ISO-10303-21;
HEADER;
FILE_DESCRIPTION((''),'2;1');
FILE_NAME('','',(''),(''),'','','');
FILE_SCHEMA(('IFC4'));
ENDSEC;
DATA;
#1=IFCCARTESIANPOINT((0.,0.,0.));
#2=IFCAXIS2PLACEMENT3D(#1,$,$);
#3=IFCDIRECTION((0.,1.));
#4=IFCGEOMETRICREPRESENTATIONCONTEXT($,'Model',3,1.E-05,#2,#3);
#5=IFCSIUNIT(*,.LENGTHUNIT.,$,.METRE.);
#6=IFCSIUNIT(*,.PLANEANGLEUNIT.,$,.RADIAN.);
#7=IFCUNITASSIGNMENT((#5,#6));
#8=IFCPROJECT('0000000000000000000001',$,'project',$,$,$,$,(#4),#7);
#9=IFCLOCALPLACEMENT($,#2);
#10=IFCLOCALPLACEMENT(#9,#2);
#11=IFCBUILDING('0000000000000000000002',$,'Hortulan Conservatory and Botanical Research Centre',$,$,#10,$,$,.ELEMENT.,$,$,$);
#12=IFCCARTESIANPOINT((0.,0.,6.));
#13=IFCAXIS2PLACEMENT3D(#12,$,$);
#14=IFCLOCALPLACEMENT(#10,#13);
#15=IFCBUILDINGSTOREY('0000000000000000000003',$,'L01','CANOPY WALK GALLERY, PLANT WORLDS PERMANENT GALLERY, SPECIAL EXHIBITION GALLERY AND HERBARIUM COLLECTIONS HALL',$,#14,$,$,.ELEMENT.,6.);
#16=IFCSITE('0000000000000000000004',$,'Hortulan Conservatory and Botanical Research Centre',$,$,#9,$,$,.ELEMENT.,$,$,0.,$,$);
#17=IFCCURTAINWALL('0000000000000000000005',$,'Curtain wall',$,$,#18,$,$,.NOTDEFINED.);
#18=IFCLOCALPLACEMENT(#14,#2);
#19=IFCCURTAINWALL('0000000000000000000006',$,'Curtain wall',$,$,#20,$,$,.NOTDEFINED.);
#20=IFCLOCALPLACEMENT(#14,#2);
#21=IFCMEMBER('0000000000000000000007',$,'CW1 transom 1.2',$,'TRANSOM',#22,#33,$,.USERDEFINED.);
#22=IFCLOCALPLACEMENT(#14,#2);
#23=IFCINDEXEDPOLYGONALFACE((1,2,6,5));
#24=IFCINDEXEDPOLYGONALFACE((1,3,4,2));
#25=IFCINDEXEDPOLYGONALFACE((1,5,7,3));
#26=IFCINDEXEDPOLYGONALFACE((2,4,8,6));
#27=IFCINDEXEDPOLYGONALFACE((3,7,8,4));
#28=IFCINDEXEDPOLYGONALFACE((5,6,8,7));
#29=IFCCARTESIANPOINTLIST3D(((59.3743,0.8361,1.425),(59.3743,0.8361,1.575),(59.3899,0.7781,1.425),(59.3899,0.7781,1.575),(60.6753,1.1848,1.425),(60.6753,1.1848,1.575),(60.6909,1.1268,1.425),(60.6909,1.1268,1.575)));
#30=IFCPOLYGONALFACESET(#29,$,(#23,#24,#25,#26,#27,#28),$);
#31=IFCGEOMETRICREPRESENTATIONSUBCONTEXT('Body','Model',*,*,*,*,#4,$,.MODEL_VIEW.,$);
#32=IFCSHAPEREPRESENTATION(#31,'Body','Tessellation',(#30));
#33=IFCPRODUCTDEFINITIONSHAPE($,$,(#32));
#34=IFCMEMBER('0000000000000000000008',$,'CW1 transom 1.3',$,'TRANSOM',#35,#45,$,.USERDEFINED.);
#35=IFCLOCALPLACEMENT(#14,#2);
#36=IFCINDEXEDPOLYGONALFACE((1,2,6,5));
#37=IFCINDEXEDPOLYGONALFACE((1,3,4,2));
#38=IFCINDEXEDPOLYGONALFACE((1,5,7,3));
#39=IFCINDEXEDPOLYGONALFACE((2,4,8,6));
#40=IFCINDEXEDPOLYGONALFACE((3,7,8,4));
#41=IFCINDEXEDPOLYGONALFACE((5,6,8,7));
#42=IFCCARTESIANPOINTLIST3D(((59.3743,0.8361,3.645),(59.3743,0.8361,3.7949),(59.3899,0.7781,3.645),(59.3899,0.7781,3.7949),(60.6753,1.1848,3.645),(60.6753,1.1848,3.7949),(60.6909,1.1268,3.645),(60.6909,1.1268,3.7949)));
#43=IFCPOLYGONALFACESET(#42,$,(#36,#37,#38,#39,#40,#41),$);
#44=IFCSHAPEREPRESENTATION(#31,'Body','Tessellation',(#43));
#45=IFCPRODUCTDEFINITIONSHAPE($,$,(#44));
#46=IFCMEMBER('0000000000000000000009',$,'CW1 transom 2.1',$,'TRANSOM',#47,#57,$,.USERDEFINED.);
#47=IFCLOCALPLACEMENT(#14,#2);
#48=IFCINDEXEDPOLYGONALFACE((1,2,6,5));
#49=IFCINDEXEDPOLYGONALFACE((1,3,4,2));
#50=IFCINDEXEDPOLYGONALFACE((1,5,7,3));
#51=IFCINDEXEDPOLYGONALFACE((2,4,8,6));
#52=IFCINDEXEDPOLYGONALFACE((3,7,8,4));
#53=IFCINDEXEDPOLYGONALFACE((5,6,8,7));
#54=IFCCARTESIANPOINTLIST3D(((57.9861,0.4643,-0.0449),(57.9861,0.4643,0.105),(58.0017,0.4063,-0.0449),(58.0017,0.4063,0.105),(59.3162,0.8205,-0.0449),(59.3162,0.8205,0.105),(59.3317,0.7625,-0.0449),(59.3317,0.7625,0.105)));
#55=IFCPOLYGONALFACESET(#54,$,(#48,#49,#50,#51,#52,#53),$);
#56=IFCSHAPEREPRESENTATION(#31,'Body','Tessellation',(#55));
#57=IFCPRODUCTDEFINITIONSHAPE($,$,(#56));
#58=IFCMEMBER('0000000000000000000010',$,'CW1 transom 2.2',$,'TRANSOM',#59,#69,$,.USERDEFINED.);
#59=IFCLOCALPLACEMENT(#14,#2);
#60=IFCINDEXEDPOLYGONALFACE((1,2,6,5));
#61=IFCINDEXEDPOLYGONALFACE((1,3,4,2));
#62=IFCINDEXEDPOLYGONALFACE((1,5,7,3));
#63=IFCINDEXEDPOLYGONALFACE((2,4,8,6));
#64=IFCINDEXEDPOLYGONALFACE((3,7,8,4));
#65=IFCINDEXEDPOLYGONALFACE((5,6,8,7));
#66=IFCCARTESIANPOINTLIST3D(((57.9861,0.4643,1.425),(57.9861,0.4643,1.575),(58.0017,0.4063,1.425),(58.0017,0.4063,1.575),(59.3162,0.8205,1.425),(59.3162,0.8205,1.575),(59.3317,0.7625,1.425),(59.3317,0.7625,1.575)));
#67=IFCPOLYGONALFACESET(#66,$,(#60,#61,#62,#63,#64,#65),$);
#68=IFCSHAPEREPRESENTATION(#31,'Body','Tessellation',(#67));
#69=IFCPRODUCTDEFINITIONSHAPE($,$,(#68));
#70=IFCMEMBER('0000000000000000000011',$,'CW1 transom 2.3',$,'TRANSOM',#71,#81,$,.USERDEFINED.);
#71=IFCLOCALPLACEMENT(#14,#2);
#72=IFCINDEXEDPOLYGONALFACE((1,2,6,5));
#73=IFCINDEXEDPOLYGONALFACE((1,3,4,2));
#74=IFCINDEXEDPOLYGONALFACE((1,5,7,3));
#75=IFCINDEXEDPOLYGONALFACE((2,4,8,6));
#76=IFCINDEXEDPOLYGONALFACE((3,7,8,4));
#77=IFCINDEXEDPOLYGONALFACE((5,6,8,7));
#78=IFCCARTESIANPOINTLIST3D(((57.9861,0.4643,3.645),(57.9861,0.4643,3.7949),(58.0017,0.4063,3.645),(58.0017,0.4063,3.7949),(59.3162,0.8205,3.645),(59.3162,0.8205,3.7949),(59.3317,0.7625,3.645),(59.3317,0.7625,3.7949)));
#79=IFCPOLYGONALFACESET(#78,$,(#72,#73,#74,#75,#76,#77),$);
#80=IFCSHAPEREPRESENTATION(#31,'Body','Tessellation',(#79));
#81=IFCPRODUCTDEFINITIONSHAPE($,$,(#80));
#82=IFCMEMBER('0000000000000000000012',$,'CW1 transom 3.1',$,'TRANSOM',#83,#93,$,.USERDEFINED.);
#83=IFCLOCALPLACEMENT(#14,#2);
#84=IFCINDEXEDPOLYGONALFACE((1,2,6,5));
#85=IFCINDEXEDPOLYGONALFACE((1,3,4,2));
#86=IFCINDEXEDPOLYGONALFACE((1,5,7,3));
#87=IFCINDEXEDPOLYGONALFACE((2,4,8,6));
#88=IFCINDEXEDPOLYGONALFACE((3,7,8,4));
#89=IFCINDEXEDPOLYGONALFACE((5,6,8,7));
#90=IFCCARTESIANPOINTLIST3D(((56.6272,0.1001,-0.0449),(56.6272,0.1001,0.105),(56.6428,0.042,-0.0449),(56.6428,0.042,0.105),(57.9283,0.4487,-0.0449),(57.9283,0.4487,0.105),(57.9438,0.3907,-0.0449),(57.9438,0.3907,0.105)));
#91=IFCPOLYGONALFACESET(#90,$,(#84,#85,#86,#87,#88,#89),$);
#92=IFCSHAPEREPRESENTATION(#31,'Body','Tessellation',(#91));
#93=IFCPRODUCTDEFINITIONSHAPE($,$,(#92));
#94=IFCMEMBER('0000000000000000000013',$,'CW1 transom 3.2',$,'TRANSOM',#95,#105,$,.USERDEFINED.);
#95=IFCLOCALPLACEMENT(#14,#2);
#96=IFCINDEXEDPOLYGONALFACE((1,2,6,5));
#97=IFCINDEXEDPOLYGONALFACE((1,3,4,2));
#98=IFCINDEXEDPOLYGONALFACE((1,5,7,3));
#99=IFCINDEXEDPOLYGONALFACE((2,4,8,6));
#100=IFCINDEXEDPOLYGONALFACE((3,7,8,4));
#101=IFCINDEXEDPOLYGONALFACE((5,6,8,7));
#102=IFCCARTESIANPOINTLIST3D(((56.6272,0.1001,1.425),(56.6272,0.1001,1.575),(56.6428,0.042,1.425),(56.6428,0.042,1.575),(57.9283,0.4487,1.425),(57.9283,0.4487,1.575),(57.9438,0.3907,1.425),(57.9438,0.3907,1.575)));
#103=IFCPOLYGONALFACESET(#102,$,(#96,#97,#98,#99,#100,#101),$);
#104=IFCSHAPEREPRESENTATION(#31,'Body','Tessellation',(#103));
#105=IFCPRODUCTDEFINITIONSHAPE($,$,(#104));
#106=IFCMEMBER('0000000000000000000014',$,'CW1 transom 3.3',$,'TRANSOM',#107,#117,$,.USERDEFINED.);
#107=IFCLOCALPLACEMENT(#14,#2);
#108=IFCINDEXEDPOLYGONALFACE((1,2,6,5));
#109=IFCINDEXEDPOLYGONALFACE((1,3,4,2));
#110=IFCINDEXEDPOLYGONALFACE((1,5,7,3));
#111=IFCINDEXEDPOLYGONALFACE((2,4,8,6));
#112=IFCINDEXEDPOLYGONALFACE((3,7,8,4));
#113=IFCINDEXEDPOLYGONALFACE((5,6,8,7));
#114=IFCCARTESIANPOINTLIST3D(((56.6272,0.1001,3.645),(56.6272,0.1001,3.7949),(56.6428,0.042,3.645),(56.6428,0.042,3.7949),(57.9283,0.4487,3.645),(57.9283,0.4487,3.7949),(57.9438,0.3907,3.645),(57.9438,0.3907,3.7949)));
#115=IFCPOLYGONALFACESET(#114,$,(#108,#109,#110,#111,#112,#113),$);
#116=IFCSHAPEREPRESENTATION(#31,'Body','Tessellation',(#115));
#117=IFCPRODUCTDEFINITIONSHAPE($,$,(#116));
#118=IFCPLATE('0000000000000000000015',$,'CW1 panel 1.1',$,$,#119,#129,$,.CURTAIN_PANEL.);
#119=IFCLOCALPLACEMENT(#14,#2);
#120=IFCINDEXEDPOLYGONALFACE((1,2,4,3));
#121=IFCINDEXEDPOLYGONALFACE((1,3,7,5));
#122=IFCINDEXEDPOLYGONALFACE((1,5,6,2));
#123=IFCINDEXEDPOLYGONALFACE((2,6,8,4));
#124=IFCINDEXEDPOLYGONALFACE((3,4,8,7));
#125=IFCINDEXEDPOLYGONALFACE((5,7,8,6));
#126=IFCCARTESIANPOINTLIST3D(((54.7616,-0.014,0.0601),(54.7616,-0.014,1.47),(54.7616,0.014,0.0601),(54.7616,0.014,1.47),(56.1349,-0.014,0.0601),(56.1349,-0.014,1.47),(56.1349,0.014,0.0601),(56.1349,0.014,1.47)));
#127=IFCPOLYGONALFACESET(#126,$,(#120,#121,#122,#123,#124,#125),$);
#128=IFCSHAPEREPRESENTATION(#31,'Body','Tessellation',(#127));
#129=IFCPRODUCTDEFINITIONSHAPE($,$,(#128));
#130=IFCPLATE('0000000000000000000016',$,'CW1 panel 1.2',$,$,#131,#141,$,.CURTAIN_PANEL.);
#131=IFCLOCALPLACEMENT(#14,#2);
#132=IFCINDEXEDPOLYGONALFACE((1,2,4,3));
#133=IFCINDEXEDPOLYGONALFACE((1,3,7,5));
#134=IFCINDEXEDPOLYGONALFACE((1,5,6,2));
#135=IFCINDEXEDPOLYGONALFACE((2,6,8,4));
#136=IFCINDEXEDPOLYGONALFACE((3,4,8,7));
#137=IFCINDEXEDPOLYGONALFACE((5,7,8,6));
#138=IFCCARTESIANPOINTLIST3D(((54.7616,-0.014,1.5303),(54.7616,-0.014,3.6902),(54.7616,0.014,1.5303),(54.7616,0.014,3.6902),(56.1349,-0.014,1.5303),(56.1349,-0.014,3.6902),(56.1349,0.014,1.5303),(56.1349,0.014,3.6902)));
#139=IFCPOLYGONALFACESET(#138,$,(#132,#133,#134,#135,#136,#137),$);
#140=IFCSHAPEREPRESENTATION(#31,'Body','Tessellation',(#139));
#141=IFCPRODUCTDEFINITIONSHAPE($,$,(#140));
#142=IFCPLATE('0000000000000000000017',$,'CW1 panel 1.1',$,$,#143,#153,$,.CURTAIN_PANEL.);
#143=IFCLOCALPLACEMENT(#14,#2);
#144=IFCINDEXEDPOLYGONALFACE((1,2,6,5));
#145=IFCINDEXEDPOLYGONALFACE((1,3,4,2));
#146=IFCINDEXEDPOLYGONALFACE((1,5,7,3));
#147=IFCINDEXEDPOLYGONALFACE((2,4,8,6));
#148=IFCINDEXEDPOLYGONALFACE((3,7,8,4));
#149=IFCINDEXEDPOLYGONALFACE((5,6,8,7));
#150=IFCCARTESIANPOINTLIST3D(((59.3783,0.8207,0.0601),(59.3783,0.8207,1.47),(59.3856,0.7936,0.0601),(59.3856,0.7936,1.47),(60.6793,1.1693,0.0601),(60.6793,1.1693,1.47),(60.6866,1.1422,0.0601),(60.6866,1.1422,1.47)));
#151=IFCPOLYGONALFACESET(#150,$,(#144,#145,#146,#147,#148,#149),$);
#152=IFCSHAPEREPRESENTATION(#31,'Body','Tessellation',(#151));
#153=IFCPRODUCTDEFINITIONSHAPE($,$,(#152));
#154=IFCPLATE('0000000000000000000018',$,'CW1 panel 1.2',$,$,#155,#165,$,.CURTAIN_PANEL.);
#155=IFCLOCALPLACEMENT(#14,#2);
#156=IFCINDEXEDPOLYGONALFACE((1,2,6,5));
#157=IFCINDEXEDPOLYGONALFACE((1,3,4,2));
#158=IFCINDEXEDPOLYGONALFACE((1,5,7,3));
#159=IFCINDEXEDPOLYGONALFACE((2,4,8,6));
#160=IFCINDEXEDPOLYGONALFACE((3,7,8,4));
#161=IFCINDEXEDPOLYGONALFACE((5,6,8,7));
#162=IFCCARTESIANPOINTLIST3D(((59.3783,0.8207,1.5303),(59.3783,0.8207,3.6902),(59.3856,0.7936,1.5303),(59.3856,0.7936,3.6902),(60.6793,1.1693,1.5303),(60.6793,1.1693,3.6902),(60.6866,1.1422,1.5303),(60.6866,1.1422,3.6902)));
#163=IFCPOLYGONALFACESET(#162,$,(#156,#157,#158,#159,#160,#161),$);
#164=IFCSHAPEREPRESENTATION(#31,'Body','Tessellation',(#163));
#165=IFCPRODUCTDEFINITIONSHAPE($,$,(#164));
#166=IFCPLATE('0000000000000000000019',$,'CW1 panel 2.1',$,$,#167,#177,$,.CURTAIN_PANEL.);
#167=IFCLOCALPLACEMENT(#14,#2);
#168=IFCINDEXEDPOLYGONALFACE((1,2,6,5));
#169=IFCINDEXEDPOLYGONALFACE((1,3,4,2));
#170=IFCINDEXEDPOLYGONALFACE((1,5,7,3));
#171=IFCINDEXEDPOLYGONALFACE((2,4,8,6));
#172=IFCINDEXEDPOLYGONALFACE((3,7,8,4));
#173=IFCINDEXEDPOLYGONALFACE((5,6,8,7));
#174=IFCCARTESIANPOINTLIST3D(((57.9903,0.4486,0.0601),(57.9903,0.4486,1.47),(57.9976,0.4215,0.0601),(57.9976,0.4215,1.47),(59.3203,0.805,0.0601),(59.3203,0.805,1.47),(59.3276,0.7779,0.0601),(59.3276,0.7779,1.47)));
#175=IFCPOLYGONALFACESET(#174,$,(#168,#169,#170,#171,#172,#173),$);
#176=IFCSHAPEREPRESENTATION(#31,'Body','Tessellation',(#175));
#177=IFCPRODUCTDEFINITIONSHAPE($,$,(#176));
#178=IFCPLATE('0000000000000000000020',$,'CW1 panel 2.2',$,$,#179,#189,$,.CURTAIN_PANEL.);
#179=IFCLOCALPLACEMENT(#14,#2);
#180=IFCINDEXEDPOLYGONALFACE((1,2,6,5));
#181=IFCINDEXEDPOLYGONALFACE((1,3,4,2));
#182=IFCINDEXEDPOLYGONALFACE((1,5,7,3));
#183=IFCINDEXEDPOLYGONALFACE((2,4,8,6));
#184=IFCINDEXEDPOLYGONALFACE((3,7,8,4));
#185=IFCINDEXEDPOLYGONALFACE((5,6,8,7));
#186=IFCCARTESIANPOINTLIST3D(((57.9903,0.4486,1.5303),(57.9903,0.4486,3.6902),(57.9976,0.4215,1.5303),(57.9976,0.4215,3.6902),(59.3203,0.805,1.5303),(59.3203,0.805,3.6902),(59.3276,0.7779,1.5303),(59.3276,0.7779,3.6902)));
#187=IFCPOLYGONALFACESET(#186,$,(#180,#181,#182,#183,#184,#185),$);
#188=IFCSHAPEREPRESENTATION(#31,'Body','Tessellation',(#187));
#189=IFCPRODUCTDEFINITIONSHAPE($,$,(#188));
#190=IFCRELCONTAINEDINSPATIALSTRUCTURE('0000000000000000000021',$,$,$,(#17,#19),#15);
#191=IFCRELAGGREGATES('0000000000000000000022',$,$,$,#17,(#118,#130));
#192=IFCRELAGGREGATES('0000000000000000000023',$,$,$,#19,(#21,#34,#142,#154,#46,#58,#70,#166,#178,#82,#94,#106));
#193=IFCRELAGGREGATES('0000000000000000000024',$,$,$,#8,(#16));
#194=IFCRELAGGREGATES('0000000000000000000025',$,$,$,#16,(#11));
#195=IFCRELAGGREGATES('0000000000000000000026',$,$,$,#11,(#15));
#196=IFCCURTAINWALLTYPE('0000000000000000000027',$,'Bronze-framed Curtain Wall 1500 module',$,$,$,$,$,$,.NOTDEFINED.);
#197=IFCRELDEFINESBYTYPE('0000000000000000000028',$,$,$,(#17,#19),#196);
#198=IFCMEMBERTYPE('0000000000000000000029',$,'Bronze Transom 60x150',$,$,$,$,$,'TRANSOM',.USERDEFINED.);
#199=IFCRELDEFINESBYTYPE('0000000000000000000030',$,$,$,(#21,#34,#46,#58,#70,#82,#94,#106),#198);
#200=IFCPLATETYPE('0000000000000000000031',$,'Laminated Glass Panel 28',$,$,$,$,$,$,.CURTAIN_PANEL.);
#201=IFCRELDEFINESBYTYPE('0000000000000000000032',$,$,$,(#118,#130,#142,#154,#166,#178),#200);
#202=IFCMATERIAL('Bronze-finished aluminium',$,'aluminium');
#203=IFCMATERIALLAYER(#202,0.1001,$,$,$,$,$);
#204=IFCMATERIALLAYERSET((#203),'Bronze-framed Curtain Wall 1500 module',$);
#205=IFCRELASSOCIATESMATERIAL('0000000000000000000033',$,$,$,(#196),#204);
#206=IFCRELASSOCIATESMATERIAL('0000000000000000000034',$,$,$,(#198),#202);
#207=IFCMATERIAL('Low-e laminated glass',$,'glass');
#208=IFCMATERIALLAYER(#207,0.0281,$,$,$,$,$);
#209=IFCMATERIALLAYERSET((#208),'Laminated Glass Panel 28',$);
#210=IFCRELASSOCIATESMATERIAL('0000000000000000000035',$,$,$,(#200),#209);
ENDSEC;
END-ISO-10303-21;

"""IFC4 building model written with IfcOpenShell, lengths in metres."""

from ifc_helpers import new_model, si_unit, direction, frame, origin, origin_2d, place, context, subcontext, project, spatial, rectangle, extrude, material, layer, layer_set, material_profile, profile_set, type_object, element, aggregate, save


model = new_model("IFC4")

# Units and contexts
model_context = context("Model", 3, precision=1e-05, world=origin(), true_north=direction((0.0, 1.0)))
body_context = subcontext(model_context, "Body", "Model", "MODEL_VIEW")
ifc_project = project(units=[si_unit("LENGTHUNIT", "METRE"), si_unit("PLANEANGLEUNIT", "RADIAN")], contexts=[model_context])

# Site, building, storey
site_placement = place(None, origin())
site = spatial("IfcSite", under=ifc_project, at=site_placement, Name="Hortulan Conservatory and Botanical Research Centre", CompositionType="ELEMENT", RefElevation=0.0)
building_placement = place(site_placement, origin())
building = spatial("IfcBuilding", under=site, at=building_placement, Name="Hortulan Conservatory and Botanical Research Centre", CompositionType="ELEMENT")
storey_placement = place(building_placement, frame((0.0, 0.0, 6.0)))
storey = spatial("IfcBuildingStorey", under=building, at=storey_placement, Name="L01", Description="CANOPY WALK GALLERY, PLANT WORLDS PERMANENT GALLERY, SPECIAL EXHIBITION GALLERY AND HERBARIUM COLLECTIONS HALL", CompositionType="ELEMENT", Elevation=6.0)

# Curtain wall
ifc_material_1 = material(Name="Bronze-finished aluminium", Category="aluminium")
ifc_layer_1 = layer(ifc_material_1, 0.1001)
ifc_layer_set_1 = layer_set([ifc_layer_1], Name="Bronze-framed Curtain Wall 1500 module")
curtain_wall_type = type_object("IfcCurtainWallType", Name="Bronze-framed Curtain Wall 1500 module", PredefinedType="NOTDEFINED", material=ifc_layer_set_1)
curtain_wall_1_placement = place(storey_placement, origin())
curtain_wall_1 = element("IfcCurtainWall", 1, at=curtain_wall_1_placement, inside=storey, type_object=curtain_wall_type, Name="Curtain wall", PredefinedType="NOTDEFINED")

# Curtain wall
curtain_wall_2_placement = place(storey_placement, origin())
curtain_wall_2 = element("IfcCurtainWall", 2, at=curtain_wall_2_placement, inside=storey, type_object=curtain_wall_type, Name="Curtain wall", PredefinedType="NOTDEFINED")

# Members
ifc_material_profile_1 = material_profile(ifc_material_1, rectangle(XDim=0.0601, YDim=0.1499, at=origin_2d()), Name="Bronze Transom 60x150")
ifc_profile_set_1 = profile_set([ifc_material_profile_1], Name="Bronze-finished aluminium")
member_type_1 = type_object("IfcMemberType", Name="Bronze Transom 60x150", ElementType="TRANSOM", PredefinedType="USERDEFINED", material=ifc_profile_set_1)
member_1_placement = place(storey_placement, frame((60.6831, 1.1558, 1.5), z_axis=(-0.965921, -0.258836, 0.0), x_axis=(0.258836, -0.965921, 0.0)))
member_1 = element("IfcMember", 3, at=member_1_placement, type_object=member_type_1, Name="CW1 transom 1.2", ObjectType="TRANSOM", PredefinedType="USERDEFINED", context=body_context, shape_type="SweptSolid", body=[
    extrude(rectangle(XDim=0.0601, YDim=0.1499, at=origin_2d()), origin(), (0.0, 0.0, 1.0), 1.3469),
])
member_2_placement = place(storey_placement, frame((60.6831, 1.1558, 3.72), z_axis=(-0.965921, -0.258836, 0.0), x_axis=(0.258836, -0.965921, 0.0)))
member_2 = element("IfcMember", 4, at=member_2_placement, type_object=member_type_1, Name="CW1 transom 1.3", ObjectType="TRANSOM", PredefinedType="USERDEFINED", context=body_context, shape_type="SweptSolid", body=[
    extrude(rectangle(XDim=0.0601, YDim=0.1499, at=origin_2d()), origin(), (0.0, 0.0, 1.0), 1.3469),
])
member_3_placement = place(storey_placement, frame((59.324, 0.7915, 0.03), z_axis=(-0.965961, -0.258689, 0.0), x_axis=(0.258689, -0.965961, 0.0)))
member_3 = element("IfcMember", 5, at=member_3_placement, type_object=member_type_1, Name="CW1 transom 2.1", ObjectType="TRANSOM", PredefinedType="USERDEFINED", context=body_context, shape_type="SweptSolid", body=[
    extrude(rectangle(XDim=0.0601, YDim=0.1499, at=origin_2d()), origin(), (0.0, 0.0, 1.0), 1.377),
])
member_4_placement = place(storey_placement, frame((59.324, 0.7915, 1.5), z_axis=(-0.965961, -0.258689, 0.0), x_axis=(0.258689, -0.965961, 0.0)))
member_4 = element("IfcMember", 6, at=member_4_placement, type_object=member_type_1, Name="CW1 transom 2.2", ObjectType="TRANSOM", PredefinedType="USERDEFINED", context=body_context, shape_type="SweptSolid", body=[
    extrude(rectangle(XDim=0.0601, YDim=0.1499, at=origin_2d()), origin(), (0.0, 0.0, 1.0), 1.377),
])
member_5_placement = place(storey_placement, frame((59.324, 0.7915, 3.72), z_axis=(-0.965961, -0.258689, 0.0), x_axis=(0.258689, -0.965961, 0.0)))
member_5 = element("IfcMember", 7, at=member_5_placement, type_object=member_type_1, Name="CW1 transom 2.3", ObjectType="TRANSOM", PredefinedType="USERDEFINED", context=body_context, shape_type="SweptSolid", body=[
    extrude(rectangle(XDim=0.0601, YDim=0.1499, at=origin_2d()), origin(), (0.0, 0.0, 1.0), 1.377),
])
member_6_placement = place(storey_placement, frame((57.936, 0.4197, 0.03), z_axis=(-0.965921, -0.258836, 0.0), x_axis=(0.258836, -0.965921, 0.0)))
member_6 = element("IfcMember", 8, at=member_6_placement, type_object=member_type_1, Name="CW1 transom 3.1", ObjectType="TRANSOM", PredefinedType="USERDEFINED", context=body_context, shape_type="SweptSolid", body=[
    extrude(rectangle(XDim=0.0601, YDim=0.1499, at=origin_2d()), origin(), (0.0, 0.0, 1.0), 1.3469),
])
member_7_placement = place(storey_placement, frame((57.936, 0.4197, 1.5), z_axis=(-0.965921, -0.258836, 0.0), x_axis=(0.258836, -0.965921, 0.0)))
member_7 = element("IfcMember", 9, at=member_7_placement, type_object=member_type_1, Name="CW1 transom 3.2", ObjectType="TRANSOM", PredefinedType="USERDEFINED", context=body_context, shape_type="SweptSolid", body=[
    extrude(rectangle(XDim=0.0601, YDim=0.1499, at=origin_2d()), origin(), (0.0, 0.0, 1.0), 1.3469),
])
member_8_placement = place(storey_placement, frame((57.936, 0.4197, 3.72), z_axis=(-0.965921, -0.258836, 0.0), x_axis=(0.258836, -0.965921, 0.0)))
member_8 = element("IfcMember", 10, at=member_8_placement, type_object=member_type_1, Name="CW1 transom 3.3", ObjectType="TRANSOM", PredefinedType="USERDEFINED", context=body_context, shape_type="SweptSolid", body=[
    extrude(rectangle(XDim=0.0601, YDim=0.1499, at=origin_2d()), origin(), (0.0, 0.0, 1.0), 1.3469),
])

# Plates
ifc_material_2 = material(Name="Low-e laminated glass", Category="glass")
ifc_layer_2 = layer(ifc_material_2, 0.0281)
ifc_layer_set_2 = layer_set([ifc_layer_2], Name="Laminated Glass Panel 28")
plate_type = type_object("IfcPlateType", Name="Laminated Glass Panel 28", PredefinedType="CURTAIN_PANEL", material=ifc_layer_set_2)
plate_1_placement = place(storey_placement, frame((55.4482, 0.0, 0.0601), z_axis=(0.0, 0.0, 1.0), x_axis=(-1.0, 0.0, 0.0)))
plate_1 = element("IfcPlate", 11, at=plate_1_placement, type_object=plate_type, Name="CW1 panel 1.1", PredefinedType="CURTAIN_PANEL", context=body_context, shape_type="SweptSolid", body=[
    extrude(rectangle(XDim=1.3733, YDim=0.0281, at=origin_2d()), origin(), (0.0, 0.0, 1.0), 1.4099),
])
plate_2_placement = place(storey_placement, frame((55.4482, 0.0, 1.5303), z_axis=(0.0, 0.0, 1.0), x_axis=(-1.0, 0.0, 0.0)))
plate_2 = element("IfcPlate", 12, at=plate_2_placement, type_object=plate_type, Name="CW1 panel 1.2", PredefinedType="CURTAIN_PANEL", context=body_context, shape_type="SweptSolid", body=[
    extrude(rectangle(XDim=1.3733, YDim=0.0281, at=origin_2d()), origin(), (0.0, 0.0, 1.0), 2.1599),
])
aggregate(curtain_wall_1, [plate_1, plate_2])
plate_3_placement = place(storey_placement, frame((60.0325, 0.9814, 0.0601), z_axis=(0.0, 0.0, 1.0), x_axis=(-0.965922, -0.258832, 0.0)))
plate_3 = element("IfcPlate", 13, at=plate_3_placement, type_object=plate_type, Name="CW1 panel 1.1", PredefinedType="CURTAIN_PANEL", context=body_context, shape_type="SweptSolid", body=[
    extrude(rectangle(XDim=1.3469, YDim=0.0281, at=origin_2d()), origin(), (0.0, 0.0, 1.0), 1.4099),
])
plate_4_placement = place(storey_placement, frame((60.0325, 0.9814, 1.5303), z_axis=(0.0, 0.0, 1.0), x_axis=(-0.965922, -0.258832, 0.0)))
plate_4 = element("IfcPlate", 14, at=plate_4_placement, type_object=plate_type, Name="CW1 panel 1.2", PredefinedType="CURTAIN_PANEL", context=body_context, shape_type="SweptSolid", body=[
    extrude(rectangle(XDim=1.3469, YDim=0.0281, at=origin_2d()), origin(), (0.0, 0.0, 1.0), 2.1599),
])
plate_5_placement = place(storey_placement, frame((58.6589, 0.6133, 0.0601), z_axis=(0.0, 0.0, 1.0), x_axis=(-0.965922, -0.258832, 0.0)))
plate_5 = element("IfcPlate", 15, at=plate_5_placement, type_object=plate_type, Name="CW1 panel 2.1", PredefinedType="CURTAIN_PANEL", context=body_context, shape_type="SweptSolid", body=[
    extrude(rectangle(XDim=1.377, YDim=0.0281, at=origin_2d()), origin(), (0.0, 0.0, 1.0), 1.4099),
])
plate_6_placement = place(storey_placement, frame((58.6589, 0.6133, 1.5303), z_axis=(0.0, 0.0, 1.0), x_axis=(-0.965922, -0.258832, 0.0)))
plate_6 = element("IfcPlate", 16, at=plate_6_placement, type_object=plate_type, Name="CW1 panel 2.2", PredefinedType="CURTAIN_PANEL", context=body_context, shape_type="SweptSolid", body=[
    extrude(rectangle(XDim=1.377, YDim=0.0281, at=origin_2d()), origin(), (0.0, 0.0, 1.0), 2.1599),
])
aggregate(curtain_wall_2, [member_1, member_2, plate_3, plate_4, member_3, member_4, member_5, plate_5, plate_6, member_6, member_7, member_8])

save(model, "model.ifc")
